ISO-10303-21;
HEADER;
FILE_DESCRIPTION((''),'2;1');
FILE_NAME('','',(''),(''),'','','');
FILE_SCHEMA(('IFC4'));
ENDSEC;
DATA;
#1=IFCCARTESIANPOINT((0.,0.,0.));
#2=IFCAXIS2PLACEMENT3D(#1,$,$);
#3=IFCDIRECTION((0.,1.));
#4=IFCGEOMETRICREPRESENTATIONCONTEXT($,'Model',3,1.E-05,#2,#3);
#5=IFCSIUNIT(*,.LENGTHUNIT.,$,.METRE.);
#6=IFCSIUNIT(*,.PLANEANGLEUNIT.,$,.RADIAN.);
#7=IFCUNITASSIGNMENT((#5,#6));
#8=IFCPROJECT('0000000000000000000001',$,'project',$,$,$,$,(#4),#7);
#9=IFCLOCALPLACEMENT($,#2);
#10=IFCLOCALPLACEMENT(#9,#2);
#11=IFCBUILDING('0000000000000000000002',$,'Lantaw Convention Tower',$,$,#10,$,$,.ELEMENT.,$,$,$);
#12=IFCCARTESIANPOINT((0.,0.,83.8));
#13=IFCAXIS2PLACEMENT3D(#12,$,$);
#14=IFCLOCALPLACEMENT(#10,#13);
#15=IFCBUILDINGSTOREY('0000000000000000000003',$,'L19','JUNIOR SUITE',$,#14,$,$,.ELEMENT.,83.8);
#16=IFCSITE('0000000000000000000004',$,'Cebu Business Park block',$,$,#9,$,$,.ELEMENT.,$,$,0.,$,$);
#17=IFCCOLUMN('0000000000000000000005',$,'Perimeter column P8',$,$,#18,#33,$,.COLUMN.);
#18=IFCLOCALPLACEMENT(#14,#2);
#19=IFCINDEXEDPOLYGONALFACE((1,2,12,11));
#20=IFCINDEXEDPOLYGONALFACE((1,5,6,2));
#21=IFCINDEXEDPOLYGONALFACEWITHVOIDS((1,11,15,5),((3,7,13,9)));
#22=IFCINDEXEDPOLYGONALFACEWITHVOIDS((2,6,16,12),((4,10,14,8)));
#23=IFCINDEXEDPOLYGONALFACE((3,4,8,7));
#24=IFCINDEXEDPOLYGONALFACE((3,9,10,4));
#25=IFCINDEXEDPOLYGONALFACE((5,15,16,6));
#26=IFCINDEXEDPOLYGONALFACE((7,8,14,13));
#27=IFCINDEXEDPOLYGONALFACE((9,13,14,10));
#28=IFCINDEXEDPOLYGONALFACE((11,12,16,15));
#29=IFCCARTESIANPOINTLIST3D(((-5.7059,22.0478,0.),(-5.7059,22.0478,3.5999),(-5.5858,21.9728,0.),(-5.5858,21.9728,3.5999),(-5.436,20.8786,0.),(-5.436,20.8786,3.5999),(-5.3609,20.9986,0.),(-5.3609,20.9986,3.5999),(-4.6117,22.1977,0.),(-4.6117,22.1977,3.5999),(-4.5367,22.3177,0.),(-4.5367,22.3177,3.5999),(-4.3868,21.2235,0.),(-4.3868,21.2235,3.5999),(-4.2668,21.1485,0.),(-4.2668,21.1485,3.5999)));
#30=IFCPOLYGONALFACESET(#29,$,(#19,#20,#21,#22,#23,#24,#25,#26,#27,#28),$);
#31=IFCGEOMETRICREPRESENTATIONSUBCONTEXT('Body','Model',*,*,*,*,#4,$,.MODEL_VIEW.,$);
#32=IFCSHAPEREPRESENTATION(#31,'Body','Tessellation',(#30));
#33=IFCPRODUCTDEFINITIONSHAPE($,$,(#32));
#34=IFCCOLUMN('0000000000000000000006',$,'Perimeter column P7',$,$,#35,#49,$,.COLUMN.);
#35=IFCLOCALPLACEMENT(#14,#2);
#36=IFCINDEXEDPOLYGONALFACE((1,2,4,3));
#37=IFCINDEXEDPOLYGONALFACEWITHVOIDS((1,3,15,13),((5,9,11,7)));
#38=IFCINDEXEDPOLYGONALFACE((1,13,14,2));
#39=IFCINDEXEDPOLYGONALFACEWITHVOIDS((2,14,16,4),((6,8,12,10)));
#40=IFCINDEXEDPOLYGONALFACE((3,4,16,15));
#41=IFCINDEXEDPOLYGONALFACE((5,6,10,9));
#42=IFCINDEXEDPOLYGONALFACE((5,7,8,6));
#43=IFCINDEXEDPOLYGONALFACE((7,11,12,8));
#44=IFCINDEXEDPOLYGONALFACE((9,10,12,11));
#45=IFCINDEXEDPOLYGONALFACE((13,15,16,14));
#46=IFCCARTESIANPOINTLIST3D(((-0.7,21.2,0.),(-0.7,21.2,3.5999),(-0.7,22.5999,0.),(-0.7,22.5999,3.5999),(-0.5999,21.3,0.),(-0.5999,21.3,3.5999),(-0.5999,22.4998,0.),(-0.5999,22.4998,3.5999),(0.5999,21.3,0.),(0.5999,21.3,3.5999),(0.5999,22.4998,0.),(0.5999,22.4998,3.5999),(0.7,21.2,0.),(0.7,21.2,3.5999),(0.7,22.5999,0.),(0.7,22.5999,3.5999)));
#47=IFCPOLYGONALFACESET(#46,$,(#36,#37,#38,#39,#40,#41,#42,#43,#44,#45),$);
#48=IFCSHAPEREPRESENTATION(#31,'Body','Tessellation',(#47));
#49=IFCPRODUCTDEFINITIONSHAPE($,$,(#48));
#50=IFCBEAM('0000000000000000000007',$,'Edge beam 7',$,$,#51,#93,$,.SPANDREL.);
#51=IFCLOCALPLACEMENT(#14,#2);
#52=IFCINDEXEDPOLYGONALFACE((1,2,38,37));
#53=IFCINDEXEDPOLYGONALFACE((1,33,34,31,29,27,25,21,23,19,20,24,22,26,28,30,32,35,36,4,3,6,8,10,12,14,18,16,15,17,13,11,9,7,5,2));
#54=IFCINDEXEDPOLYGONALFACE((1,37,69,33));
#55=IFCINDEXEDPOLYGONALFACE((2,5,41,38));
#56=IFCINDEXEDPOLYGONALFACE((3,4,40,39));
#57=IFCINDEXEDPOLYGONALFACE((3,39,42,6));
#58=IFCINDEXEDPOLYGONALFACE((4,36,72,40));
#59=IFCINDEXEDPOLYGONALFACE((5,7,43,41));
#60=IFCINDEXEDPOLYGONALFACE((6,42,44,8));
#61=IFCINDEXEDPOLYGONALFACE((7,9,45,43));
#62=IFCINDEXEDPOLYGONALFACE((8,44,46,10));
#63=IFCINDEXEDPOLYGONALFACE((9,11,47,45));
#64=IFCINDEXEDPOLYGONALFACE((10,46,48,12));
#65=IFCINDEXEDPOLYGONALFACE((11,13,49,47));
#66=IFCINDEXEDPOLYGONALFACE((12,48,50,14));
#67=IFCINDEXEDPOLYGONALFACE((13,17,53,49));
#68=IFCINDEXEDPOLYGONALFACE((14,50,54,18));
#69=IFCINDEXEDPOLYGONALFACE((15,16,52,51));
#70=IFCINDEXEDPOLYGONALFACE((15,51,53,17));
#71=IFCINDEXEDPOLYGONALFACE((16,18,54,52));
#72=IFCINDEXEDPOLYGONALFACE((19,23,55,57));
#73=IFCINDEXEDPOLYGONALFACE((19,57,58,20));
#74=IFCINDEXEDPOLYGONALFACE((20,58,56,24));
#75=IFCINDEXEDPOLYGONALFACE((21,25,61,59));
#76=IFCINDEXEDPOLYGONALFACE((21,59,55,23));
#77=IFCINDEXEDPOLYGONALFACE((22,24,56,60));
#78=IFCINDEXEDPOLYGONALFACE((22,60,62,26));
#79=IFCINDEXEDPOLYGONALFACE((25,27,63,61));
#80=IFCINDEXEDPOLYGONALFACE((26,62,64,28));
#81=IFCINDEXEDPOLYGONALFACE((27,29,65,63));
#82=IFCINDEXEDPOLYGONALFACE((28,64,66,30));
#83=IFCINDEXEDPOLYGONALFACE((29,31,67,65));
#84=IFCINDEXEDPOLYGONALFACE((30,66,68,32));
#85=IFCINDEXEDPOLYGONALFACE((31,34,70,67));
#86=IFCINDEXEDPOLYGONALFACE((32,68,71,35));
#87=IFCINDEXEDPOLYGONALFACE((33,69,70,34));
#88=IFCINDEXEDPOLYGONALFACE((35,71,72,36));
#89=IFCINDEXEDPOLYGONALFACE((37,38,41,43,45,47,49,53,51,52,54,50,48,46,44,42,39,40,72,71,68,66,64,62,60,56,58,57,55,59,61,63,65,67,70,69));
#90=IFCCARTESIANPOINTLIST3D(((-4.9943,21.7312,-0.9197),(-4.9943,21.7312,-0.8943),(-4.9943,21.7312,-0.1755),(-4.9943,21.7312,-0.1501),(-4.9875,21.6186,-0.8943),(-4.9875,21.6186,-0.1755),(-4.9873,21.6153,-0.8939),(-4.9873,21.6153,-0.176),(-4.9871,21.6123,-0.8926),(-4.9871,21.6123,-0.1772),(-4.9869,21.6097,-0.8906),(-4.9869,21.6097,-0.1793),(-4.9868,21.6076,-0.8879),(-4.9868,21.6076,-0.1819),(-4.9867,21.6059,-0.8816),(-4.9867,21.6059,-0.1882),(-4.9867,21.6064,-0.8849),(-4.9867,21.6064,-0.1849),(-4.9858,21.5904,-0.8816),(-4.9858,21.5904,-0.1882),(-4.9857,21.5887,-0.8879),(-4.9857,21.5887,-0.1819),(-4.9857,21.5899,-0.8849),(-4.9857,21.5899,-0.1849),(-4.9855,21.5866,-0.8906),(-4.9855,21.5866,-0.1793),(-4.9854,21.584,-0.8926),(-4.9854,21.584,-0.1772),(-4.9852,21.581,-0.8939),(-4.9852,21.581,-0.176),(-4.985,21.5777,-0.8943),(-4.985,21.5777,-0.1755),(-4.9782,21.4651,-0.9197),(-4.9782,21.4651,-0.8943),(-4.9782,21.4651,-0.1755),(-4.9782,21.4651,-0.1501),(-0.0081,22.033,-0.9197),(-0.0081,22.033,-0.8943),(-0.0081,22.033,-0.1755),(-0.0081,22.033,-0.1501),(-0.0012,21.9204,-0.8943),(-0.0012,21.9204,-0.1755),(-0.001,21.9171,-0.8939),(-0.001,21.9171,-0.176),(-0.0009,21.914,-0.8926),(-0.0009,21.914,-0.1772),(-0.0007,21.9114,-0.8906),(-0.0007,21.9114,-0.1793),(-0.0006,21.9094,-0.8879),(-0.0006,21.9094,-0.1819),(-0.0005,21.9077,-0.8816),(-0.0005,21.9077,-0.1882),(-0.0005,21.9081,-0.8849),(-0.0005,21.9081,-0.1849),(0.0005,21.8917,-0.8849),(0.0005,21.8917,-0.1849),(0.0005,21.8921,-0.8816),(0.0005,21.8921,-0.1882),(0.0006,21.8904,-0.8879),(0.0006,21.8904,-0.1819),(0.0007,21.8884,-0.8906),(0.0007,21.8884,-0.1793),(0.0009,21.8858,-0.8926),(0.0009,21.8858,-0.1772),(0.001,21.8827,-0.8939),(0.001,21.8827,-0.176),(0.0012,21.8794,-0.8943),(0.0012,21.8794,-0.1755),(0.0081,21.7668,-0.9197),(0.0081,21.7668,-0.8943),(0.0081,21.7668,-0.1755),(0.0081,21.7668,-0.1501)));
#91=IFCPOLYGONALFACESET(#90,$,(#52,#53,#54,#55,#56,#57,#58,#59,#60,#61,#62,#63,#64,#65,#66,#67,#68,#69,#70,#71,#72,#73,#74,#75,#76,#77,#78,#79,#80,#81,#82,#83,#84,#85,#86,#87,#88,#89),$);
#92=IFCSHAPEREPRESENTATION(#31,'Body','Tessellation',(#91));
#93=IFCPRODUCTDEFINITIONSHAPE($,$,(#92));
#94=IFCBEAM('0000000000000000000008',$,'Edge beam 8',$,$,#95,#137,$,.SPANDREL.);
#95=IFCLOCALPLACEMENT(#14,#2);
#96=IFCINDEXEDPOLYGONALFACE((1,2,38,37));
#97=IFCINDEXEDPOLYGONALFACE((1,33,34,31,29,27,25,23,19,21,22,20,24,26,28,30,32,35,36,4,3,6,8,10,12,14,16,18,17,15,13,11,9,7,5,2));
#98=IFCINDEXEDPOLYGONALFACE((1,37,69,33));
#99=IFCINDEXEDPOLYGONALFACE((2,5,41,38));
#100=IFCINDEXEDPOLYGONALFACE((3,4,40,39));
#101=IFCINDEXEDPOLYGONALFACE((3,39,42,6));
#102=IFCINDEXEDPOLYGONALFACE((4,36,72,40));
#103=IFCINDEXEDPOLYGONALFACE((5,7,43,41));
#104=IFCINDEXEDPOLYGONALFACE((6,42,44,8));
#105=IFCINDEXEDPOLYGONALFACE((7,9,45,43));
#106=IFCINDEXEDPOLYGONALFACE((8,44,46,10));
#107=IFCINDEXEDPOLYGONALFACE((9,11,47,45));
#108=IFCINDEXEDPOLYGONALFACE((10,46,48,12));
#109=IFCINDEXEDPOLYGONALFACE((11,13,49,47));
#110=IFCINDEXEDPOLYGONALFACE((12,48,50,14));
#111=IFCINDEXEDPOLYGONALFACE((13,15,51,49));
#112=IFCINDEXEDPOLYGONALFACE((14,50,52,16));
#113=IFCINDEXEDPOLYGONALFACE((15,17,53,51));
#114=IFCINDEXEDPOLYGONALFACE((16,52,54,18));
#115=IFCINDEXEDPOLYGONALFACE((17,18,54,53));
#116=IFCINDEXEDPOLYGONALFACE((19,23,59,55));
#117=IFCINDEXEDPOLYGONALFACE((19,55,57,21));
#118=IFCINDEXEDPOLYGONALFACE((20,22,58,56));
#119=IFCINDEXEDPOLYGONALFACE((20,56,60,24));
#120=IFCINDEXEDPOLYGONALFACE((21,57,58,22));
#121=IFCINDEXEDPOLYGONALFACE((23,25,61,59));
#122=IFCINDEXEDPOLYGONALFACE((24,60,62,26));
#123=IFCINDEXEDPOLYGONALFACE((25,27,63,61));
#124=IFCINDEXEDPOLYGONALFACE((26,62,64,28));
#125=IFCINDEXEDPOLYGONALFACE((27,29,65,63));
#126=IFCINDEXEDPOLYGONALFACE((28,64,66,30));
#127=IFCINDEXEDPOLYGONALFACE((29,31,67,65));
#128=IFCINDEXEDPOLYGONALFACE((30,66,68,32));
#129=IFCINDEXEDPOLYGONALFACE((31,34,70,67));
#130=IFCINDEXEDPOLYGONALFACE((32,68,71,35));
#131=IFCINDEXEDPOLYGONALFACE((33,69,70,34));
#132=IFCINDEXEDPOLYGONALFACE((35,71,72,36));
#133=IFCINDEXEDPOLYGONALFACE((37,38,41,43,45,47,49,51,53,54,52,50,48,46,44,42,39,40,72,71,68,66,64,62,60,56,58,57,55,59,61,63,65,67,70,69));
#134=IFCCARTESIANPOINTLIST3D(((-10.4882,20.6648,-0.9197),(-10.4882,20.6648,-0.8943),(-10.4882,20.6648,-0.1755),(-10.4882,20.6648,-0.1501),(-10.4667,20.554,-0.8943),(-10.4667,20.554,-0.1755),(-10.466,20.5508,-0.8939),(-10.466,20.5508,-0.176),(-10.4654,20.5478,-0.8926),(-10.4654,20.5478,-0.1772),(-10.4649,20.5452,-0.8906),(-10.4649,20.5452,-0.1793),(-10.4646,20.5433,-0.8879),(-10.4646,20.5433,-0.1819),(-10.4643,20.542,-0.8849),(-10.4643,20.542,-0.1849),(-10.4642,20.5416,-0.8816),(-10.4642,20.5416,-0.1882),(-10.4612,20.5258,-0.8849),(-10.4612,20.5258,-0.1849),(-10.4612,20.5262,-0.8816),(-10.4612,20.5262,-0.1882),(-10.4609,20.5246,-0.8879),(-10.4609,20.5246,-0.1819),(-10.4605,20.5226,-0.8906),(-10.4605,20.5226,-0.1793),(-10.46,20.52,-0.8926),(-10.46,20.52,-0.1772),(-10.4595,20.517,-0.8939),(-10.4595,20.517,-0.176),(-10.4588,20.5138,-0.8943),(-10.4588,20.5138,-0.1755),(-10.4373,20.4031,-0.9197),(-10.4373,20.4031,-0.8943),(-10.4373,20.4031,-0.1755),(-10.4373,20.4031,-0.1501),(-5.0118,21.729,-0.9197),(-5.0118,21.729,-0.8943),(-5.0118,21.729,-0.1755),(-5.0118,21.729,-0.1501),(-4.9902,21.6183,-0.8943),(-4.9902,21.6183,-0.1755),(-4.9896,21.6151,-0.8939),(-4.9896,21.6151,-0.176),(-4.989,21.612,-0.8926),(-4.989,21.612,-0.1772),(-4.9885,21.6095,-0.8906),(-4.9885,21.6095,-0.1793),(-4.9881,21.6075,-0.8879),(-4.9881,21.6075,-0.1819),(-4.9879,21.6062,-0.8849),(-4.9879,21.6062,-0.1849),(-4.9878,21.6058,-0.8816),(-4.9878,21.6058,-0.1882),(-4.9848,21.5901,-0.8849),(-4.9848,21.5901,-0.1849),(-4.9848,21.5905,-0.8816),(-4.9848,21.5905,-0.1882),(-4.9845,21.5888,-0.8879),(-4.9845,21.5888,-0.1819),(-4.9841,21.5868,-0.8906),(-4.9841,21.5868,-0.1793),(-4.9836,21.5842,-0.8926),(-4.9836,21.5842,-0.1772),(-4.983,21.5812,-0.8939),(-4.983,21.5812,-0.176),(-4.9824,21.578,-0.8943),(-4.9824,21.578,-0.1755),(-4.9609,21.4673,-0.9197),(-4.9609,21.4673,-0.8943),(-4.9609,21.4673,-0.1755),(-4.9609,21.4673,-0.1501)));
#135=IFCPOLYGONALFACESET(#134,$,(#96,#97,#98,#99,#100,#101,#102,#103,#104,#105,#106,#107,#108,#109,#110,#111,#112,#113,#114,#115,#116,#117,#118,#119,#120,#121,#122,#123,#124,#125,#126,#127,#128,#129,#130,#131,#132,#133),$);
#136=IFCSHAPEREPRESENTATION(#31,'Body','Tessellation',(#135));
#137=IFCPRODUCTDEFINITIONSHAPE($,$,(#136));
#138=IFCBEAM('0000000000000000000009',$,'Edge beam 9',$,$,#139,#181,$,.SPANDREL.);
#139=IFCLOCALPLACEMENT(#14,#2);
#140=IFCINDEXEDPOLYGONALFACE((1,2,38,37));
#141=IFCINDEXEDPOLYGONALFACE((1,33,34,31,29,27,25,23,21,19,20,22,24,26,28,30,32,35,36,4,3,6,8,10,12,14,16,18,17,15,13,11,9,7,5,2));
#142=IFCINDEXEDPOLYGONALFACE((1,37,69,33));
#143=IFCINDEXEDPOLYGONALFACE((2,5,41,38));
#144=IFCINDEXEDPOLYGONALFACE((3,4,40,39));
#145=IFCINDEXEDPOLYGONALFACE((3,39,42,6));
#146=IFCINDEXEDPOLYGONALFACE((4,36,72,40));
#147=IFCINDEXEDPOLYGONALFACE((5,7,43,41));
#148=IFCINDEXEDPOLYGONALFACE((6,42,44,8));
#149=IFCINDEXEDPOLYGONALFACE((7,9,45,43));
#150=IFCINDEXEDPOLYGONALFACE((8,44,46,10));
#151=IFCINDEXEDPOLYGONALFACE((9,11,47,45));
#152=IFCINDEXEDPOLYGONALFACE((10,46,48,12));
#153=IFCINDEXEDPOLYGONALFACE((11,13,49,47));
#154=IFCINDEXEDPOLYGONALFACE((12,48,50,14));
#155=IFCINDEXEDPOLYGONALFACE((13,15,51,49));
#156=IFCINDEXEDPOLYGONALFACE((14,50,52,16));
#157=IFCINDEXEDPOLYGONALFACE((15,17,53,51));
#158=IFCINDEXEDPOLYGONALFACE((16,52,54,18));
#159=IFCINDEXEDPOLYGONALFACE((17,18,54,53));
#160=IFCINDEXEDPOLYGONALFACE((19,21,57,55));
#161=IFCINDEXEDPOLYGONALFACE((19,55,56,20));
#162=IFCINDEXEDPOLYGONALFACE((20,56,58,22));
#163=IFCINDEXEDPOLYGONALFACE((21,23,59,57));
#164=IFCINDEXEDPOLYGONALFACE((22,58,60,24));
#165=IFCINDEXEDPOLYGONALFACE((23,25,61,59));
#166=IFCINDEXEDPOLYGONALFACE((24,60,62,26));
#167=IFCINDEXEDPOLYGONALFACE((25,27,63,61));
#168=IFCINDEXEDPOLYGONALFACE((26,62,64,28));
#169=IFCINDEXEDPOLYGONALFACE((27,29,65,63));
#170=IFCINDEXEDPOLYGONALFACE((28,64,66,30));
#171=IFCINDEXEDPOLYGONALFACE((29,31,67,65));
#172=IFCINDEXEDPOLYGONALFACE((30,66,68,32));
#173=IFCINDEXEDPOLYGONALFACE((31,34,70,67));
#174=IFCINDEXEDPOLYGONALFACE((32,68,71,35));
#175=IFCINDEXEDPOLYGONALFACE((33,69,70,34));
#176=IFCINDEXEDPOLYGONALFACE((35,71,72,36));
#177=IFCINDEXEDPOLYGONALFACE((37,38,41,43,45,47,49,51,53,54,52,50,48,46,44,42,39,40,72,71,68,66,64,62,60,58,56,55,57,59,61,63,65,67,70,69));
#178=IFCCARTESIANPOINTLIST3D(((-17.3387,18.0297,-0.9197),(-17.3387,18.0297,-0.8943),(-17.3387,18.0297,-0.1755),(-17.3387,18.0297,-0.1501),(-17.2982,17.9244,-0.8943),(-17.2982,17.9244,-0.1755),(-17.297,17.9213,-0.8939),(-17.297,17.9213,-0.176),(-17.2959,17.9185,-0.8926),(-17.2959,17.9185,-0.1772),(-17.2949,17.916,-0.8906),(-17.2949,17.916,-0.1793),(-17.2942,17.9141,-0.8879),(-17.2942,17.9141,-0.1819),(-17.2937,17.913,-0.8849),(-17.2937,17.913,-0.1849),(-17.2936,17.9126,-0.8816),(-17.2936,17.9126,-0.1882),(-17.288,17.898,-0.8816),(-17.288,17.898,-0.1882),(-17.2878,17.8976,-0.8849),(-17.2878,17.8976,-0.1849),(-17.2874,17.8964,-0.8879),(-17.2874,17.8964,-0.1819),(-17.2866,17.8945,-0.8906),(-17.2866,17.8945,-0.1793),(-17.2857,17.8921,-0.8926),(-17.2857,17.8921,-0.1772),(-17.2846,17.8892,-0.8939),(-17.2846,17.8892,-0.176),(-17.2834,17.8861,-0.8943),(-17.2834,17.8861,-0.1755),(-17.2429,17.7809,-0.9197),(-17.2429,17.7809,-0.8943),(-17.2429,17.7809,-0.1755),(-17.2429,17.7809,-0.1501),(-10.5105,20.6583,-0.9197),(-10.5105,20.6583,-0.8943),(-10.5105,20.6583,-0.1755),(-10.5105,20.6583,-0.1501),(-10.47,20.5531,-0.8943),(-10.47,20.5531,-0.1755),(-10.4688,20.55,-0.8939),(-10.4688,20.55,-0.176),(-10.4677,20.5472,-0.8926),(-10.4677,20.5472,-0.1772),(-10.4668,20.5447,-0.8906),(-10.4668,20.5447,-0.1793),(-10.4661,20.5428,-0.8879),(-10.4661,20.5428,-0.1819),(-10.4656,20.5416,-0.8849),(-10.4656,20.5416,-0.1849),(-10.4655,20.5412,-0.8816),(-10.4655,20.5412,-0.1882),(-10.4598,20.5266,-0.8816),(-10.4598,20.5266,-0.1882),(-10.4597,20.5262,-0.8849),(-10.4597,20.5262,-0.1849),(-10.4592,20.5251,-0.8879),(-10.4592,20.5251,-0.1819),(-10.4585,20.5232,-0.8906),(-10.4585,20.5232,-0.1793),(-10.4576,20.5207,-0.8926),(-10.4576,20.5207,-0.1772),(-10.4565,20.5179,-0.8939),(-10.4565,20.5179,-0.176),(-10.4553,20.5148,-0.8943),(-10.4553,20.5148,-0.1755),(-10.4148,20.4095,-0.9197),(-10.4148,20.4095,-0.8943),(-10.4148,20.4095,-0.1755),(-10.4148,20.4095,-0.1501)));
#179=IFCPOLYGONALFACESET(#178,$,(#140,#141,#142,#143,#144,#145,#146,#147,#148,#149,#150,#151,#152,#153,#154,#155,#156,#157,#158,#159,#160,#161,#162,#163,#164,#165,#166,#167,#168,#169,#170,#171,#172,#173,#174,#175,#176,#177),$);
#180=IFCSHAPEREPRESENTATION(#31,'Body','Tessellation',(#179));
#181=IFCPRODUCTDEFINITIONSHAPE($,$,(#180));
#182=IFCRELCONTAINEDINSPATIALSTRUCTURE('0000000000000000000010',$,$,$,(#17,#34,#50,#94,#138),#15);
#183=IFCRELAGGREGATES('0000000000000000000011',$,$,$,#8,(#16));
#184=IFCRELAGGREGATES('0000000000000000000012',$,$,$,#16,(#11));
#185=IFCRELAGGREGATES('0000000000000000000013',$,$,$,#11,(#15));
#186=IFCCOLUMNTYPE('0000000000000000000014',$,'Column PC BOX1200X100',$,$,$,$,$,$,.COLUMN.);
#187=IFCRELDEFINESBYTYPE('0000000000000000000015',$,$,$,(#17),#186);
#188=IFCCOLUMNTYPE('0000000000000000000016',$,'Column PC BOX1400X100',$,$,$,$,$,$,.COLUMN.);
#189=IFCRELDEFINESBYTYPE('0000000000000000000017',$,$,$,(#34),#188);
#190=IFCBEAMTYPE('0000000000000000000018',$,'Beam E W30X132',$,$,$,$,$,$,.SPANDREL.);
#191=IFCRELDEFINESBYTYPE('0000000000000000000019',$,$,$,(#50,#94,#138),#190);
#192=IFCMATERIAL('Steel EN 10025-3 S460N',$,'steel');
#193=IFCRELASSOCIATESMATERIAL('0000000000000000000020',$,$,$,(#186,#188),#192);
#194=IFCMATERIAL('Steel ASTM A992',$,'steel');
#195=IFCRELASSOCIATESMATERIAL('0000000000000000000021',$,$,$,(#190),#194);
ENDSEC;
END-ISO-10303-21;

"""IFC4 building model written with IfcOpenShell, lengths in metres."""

from ifc_helpers import new_model, si_unit, direction, frame, origin, origin_2d, place, context, subcontext, project, spatial, rectangle, hollow_rectangle, i_section, extrude, material, material_profile, profile_set, type_object, element, save


model = new_model("IFC4")

# Units and contexts
model_context = context("Model", 3, precision=1e-05, world=origin(), true_north=direction((0.0, 1.0)))
body_context = subcontext(model_context, "Body", "Model", "MODEL_VIEW")
ifc_project = project(units=[si_unit("LENGTHUNIT", "METRE"), si_unit("PLANEANGLEUNIT", "RADIAN")], contexts=[model_context])

# Site, building, storey
site_placement = place(None, origin())
site = spatial("IfcSite", under=ifc_project, at=site_placement, Name="Cebu Business Park block", CompositionType="ELEMENT", RefElevation=0.0)
building_placement = place(site_placement, origin())
building = spatial("IfcBuilding", under=site, at=building_placement, Name="Lantaw Convention Tower", CompositionType="ELEMENT")
storey_placement = place(building_placement, frame((0.0, 0.0, 83.8)))
storey = spatial("IfcBuildingStorey", under=building, at=storey_placement, Name="L19", Description="JUNIOR SUITE", CompositionType="ELEMENT", Elevation=83.8)

# Columns
ifc_material_1 = material(Name="Steel EN 10025-3 S460N", Category="steel")
ifc_material_profile_1 = material_profile(ifc_material_1, hollow_rectangle(XDim=1.2, YDim=1.2, WallThickness=0.1001, at=origin_2d()), Name="BOX1200X100")
ifc_material_2 = material(Name="Concrete C60/75", Category="concrete")
ifc_material_profile_2 = material_profile(ifc_material_2, rectangle(XDim=1.0, YDim=1.0, at=origin_2d()), Name="Concrete fill of BOX1200X100")
ifc_profile_set_1 = profile_set([ifc_material_profile_1, ifc_material_profile_2], Name="Steel EN 10025-3 S460N")
column_type_1 = type_object("IfcColumnType", Name="Column PC BOX1200X100", PredefinedType="COLUMN", material=ifc_profile_set_1)
column_1_placement = place(storey_placement, frame((-4.9863, 21.5981, 0.0), z_axis=(0.0, 0.0, 1.0), x_axis=(0.97437, 0.224951, 0.0)))
element("IfcColumn", 1, at=column_1_placement, inside=storey, type_object=column_type_1, Name="Perimeter column P8", PredefinedType="COLUMN", context=body_context, shape_type="SweptSolid", body=[
    extrude(hollow_rectangle(XDim=1.2, YDim=1.2, WallThickness=0.1001, at=origin_2d()), origin(), (0.0, 0.0, 1.0), 3.5999),
])
ifc_material_profile_3 = material_profile(ifc_material_1, hollow_rectangle(XDim=1.3999, YDim=1.3999, WallThickness=0.1001, at=origin_2d()), Name="BOX1400X100")
ifc_material_profile_4 = material_profile(ifc_material_2, rectangle(XDim=1.2, YDim=1.2, at=origin_2d()), Name="Concrete fill of BOX1400X100")
ifc_profile_set_2 = profile_set([ifc_material_profile_3, ifc_material_profile_4], Name="Steel EN 10025-3 S460N")
column_type_2 = type_object("IfcColumnType", Name="Column PC BOX1400X100", PredefinedType="COLUMN", material=ifc_profile_set_2)
column_2_placement = place(storey_placement, frame((0.0, 21.8999, 0.0), z_axis=(0.0, 0.0, 1.0), x_axis=(1.0, 0.0, 0.0)))
element("IfcColumn", 2, at=column_2_placement, inside=storey, type_object=column_type_2, Name="Perimeter column P7", PredefinedType="COLUMN", context=body_context, shape_type="SweptSolid", body=[
    extrude(hollow_rectangle(XDim=1.3999, YDim=1.3999, WallThickness=0.1001, at=origin_2d()), origin(), (0.0, 0.0, 1.0), 3.5999),
])

# Beams
ifc_material_3 = material(Name="Steel ASTM A992", Category="steel")
ifc_material_profile_5 = material_profile(ifc_material_3, i_section(OverallWidth=0.2666, OverallDepth=0.7695, WebThickness=0.0156, FlangeThickness=0.0254, FilletRadius=0.0127, at=origin_2d()), Name="W30X132")
ifc_profile_set_3 = profile_set([ifc_material_profile_5], Name="Steel ASTM A992")
beam_type = type_object("IfcBeamType", Name="Beam E W30X132", PredefinedType="SPANDREL", material=ifc_profile_set_3)
beam_1_placement = place(storey_placement, frame((0.0, 21.8999, -0.5349), z_axis=(-0.998174, -0.060407, 0.0), x_axis=(0.060407, -0.998174, 0.0)))
element("IfcBeam", 3, at=beam_1_placement, inside=storey, type_object=beam_type, Name="Edge beam 7", PredefinedType="SPANDREL", context=body_context, shape_type="SweptSolid", body=[
    extrude(i_section(OverallWidth=0.2666, OverallDepth=0.7695, WebThickness=0.0156, FlangeThickness=0.0254, FilletRadius=0.0127, at=origin_2d()), origin(), (0.0, 0.0, 1.0), 4.9954),
])
beam_2_placement = place(storey_placement, frame((-4.9863, 21.5981, -0.5349), z_axis=(-0.981637, -0.190761, 0.0), x_axis=(0.190761, -0.981637, 0.0)))
element("IfcBeam", 4, at=beam_2_placement, inside=storey, type_object=beam_type, Name="Edge beam 8", PredefinedType="SPANDREL", context=body_context, shape_type="SweptSolid", body=[
    extrude(i_section(OverallWidth=0.2666, OverallDepth=0.7695, WebThickness=0.0156, FlangeThickness=0.0254, FilletRadius=0.0127, at=origin_2d()), origin(), (0.0, 0.0, 1.0), 5.5789),
])
beam_3_placement = place(storey_placement, frame((-10.4626, 20.5339, -0.5349), z_axis=(-0.933233, -0.359272, 0.0), x_axis=(0.359272, -0.933233, 0.0)))
element("IfcBeam", 5, at=beam_3_placement, inside=storey, type_object=beam_type, Name="Edge beam 9", PredefinedType="SPANDREL", context=body_context, shape_type="SweptSolid", body=[
    extrude(i_section(OverallWidth=0.2666, OverallDepth=0.7695, WebThickness=0.0156, FlangeThickness=0.0254, FilletRadius=0.0127, at=origin_2d()), origin(), (0.0, 0.0, 1.0), 7.3167),
])

save(model, "model.ifc")
